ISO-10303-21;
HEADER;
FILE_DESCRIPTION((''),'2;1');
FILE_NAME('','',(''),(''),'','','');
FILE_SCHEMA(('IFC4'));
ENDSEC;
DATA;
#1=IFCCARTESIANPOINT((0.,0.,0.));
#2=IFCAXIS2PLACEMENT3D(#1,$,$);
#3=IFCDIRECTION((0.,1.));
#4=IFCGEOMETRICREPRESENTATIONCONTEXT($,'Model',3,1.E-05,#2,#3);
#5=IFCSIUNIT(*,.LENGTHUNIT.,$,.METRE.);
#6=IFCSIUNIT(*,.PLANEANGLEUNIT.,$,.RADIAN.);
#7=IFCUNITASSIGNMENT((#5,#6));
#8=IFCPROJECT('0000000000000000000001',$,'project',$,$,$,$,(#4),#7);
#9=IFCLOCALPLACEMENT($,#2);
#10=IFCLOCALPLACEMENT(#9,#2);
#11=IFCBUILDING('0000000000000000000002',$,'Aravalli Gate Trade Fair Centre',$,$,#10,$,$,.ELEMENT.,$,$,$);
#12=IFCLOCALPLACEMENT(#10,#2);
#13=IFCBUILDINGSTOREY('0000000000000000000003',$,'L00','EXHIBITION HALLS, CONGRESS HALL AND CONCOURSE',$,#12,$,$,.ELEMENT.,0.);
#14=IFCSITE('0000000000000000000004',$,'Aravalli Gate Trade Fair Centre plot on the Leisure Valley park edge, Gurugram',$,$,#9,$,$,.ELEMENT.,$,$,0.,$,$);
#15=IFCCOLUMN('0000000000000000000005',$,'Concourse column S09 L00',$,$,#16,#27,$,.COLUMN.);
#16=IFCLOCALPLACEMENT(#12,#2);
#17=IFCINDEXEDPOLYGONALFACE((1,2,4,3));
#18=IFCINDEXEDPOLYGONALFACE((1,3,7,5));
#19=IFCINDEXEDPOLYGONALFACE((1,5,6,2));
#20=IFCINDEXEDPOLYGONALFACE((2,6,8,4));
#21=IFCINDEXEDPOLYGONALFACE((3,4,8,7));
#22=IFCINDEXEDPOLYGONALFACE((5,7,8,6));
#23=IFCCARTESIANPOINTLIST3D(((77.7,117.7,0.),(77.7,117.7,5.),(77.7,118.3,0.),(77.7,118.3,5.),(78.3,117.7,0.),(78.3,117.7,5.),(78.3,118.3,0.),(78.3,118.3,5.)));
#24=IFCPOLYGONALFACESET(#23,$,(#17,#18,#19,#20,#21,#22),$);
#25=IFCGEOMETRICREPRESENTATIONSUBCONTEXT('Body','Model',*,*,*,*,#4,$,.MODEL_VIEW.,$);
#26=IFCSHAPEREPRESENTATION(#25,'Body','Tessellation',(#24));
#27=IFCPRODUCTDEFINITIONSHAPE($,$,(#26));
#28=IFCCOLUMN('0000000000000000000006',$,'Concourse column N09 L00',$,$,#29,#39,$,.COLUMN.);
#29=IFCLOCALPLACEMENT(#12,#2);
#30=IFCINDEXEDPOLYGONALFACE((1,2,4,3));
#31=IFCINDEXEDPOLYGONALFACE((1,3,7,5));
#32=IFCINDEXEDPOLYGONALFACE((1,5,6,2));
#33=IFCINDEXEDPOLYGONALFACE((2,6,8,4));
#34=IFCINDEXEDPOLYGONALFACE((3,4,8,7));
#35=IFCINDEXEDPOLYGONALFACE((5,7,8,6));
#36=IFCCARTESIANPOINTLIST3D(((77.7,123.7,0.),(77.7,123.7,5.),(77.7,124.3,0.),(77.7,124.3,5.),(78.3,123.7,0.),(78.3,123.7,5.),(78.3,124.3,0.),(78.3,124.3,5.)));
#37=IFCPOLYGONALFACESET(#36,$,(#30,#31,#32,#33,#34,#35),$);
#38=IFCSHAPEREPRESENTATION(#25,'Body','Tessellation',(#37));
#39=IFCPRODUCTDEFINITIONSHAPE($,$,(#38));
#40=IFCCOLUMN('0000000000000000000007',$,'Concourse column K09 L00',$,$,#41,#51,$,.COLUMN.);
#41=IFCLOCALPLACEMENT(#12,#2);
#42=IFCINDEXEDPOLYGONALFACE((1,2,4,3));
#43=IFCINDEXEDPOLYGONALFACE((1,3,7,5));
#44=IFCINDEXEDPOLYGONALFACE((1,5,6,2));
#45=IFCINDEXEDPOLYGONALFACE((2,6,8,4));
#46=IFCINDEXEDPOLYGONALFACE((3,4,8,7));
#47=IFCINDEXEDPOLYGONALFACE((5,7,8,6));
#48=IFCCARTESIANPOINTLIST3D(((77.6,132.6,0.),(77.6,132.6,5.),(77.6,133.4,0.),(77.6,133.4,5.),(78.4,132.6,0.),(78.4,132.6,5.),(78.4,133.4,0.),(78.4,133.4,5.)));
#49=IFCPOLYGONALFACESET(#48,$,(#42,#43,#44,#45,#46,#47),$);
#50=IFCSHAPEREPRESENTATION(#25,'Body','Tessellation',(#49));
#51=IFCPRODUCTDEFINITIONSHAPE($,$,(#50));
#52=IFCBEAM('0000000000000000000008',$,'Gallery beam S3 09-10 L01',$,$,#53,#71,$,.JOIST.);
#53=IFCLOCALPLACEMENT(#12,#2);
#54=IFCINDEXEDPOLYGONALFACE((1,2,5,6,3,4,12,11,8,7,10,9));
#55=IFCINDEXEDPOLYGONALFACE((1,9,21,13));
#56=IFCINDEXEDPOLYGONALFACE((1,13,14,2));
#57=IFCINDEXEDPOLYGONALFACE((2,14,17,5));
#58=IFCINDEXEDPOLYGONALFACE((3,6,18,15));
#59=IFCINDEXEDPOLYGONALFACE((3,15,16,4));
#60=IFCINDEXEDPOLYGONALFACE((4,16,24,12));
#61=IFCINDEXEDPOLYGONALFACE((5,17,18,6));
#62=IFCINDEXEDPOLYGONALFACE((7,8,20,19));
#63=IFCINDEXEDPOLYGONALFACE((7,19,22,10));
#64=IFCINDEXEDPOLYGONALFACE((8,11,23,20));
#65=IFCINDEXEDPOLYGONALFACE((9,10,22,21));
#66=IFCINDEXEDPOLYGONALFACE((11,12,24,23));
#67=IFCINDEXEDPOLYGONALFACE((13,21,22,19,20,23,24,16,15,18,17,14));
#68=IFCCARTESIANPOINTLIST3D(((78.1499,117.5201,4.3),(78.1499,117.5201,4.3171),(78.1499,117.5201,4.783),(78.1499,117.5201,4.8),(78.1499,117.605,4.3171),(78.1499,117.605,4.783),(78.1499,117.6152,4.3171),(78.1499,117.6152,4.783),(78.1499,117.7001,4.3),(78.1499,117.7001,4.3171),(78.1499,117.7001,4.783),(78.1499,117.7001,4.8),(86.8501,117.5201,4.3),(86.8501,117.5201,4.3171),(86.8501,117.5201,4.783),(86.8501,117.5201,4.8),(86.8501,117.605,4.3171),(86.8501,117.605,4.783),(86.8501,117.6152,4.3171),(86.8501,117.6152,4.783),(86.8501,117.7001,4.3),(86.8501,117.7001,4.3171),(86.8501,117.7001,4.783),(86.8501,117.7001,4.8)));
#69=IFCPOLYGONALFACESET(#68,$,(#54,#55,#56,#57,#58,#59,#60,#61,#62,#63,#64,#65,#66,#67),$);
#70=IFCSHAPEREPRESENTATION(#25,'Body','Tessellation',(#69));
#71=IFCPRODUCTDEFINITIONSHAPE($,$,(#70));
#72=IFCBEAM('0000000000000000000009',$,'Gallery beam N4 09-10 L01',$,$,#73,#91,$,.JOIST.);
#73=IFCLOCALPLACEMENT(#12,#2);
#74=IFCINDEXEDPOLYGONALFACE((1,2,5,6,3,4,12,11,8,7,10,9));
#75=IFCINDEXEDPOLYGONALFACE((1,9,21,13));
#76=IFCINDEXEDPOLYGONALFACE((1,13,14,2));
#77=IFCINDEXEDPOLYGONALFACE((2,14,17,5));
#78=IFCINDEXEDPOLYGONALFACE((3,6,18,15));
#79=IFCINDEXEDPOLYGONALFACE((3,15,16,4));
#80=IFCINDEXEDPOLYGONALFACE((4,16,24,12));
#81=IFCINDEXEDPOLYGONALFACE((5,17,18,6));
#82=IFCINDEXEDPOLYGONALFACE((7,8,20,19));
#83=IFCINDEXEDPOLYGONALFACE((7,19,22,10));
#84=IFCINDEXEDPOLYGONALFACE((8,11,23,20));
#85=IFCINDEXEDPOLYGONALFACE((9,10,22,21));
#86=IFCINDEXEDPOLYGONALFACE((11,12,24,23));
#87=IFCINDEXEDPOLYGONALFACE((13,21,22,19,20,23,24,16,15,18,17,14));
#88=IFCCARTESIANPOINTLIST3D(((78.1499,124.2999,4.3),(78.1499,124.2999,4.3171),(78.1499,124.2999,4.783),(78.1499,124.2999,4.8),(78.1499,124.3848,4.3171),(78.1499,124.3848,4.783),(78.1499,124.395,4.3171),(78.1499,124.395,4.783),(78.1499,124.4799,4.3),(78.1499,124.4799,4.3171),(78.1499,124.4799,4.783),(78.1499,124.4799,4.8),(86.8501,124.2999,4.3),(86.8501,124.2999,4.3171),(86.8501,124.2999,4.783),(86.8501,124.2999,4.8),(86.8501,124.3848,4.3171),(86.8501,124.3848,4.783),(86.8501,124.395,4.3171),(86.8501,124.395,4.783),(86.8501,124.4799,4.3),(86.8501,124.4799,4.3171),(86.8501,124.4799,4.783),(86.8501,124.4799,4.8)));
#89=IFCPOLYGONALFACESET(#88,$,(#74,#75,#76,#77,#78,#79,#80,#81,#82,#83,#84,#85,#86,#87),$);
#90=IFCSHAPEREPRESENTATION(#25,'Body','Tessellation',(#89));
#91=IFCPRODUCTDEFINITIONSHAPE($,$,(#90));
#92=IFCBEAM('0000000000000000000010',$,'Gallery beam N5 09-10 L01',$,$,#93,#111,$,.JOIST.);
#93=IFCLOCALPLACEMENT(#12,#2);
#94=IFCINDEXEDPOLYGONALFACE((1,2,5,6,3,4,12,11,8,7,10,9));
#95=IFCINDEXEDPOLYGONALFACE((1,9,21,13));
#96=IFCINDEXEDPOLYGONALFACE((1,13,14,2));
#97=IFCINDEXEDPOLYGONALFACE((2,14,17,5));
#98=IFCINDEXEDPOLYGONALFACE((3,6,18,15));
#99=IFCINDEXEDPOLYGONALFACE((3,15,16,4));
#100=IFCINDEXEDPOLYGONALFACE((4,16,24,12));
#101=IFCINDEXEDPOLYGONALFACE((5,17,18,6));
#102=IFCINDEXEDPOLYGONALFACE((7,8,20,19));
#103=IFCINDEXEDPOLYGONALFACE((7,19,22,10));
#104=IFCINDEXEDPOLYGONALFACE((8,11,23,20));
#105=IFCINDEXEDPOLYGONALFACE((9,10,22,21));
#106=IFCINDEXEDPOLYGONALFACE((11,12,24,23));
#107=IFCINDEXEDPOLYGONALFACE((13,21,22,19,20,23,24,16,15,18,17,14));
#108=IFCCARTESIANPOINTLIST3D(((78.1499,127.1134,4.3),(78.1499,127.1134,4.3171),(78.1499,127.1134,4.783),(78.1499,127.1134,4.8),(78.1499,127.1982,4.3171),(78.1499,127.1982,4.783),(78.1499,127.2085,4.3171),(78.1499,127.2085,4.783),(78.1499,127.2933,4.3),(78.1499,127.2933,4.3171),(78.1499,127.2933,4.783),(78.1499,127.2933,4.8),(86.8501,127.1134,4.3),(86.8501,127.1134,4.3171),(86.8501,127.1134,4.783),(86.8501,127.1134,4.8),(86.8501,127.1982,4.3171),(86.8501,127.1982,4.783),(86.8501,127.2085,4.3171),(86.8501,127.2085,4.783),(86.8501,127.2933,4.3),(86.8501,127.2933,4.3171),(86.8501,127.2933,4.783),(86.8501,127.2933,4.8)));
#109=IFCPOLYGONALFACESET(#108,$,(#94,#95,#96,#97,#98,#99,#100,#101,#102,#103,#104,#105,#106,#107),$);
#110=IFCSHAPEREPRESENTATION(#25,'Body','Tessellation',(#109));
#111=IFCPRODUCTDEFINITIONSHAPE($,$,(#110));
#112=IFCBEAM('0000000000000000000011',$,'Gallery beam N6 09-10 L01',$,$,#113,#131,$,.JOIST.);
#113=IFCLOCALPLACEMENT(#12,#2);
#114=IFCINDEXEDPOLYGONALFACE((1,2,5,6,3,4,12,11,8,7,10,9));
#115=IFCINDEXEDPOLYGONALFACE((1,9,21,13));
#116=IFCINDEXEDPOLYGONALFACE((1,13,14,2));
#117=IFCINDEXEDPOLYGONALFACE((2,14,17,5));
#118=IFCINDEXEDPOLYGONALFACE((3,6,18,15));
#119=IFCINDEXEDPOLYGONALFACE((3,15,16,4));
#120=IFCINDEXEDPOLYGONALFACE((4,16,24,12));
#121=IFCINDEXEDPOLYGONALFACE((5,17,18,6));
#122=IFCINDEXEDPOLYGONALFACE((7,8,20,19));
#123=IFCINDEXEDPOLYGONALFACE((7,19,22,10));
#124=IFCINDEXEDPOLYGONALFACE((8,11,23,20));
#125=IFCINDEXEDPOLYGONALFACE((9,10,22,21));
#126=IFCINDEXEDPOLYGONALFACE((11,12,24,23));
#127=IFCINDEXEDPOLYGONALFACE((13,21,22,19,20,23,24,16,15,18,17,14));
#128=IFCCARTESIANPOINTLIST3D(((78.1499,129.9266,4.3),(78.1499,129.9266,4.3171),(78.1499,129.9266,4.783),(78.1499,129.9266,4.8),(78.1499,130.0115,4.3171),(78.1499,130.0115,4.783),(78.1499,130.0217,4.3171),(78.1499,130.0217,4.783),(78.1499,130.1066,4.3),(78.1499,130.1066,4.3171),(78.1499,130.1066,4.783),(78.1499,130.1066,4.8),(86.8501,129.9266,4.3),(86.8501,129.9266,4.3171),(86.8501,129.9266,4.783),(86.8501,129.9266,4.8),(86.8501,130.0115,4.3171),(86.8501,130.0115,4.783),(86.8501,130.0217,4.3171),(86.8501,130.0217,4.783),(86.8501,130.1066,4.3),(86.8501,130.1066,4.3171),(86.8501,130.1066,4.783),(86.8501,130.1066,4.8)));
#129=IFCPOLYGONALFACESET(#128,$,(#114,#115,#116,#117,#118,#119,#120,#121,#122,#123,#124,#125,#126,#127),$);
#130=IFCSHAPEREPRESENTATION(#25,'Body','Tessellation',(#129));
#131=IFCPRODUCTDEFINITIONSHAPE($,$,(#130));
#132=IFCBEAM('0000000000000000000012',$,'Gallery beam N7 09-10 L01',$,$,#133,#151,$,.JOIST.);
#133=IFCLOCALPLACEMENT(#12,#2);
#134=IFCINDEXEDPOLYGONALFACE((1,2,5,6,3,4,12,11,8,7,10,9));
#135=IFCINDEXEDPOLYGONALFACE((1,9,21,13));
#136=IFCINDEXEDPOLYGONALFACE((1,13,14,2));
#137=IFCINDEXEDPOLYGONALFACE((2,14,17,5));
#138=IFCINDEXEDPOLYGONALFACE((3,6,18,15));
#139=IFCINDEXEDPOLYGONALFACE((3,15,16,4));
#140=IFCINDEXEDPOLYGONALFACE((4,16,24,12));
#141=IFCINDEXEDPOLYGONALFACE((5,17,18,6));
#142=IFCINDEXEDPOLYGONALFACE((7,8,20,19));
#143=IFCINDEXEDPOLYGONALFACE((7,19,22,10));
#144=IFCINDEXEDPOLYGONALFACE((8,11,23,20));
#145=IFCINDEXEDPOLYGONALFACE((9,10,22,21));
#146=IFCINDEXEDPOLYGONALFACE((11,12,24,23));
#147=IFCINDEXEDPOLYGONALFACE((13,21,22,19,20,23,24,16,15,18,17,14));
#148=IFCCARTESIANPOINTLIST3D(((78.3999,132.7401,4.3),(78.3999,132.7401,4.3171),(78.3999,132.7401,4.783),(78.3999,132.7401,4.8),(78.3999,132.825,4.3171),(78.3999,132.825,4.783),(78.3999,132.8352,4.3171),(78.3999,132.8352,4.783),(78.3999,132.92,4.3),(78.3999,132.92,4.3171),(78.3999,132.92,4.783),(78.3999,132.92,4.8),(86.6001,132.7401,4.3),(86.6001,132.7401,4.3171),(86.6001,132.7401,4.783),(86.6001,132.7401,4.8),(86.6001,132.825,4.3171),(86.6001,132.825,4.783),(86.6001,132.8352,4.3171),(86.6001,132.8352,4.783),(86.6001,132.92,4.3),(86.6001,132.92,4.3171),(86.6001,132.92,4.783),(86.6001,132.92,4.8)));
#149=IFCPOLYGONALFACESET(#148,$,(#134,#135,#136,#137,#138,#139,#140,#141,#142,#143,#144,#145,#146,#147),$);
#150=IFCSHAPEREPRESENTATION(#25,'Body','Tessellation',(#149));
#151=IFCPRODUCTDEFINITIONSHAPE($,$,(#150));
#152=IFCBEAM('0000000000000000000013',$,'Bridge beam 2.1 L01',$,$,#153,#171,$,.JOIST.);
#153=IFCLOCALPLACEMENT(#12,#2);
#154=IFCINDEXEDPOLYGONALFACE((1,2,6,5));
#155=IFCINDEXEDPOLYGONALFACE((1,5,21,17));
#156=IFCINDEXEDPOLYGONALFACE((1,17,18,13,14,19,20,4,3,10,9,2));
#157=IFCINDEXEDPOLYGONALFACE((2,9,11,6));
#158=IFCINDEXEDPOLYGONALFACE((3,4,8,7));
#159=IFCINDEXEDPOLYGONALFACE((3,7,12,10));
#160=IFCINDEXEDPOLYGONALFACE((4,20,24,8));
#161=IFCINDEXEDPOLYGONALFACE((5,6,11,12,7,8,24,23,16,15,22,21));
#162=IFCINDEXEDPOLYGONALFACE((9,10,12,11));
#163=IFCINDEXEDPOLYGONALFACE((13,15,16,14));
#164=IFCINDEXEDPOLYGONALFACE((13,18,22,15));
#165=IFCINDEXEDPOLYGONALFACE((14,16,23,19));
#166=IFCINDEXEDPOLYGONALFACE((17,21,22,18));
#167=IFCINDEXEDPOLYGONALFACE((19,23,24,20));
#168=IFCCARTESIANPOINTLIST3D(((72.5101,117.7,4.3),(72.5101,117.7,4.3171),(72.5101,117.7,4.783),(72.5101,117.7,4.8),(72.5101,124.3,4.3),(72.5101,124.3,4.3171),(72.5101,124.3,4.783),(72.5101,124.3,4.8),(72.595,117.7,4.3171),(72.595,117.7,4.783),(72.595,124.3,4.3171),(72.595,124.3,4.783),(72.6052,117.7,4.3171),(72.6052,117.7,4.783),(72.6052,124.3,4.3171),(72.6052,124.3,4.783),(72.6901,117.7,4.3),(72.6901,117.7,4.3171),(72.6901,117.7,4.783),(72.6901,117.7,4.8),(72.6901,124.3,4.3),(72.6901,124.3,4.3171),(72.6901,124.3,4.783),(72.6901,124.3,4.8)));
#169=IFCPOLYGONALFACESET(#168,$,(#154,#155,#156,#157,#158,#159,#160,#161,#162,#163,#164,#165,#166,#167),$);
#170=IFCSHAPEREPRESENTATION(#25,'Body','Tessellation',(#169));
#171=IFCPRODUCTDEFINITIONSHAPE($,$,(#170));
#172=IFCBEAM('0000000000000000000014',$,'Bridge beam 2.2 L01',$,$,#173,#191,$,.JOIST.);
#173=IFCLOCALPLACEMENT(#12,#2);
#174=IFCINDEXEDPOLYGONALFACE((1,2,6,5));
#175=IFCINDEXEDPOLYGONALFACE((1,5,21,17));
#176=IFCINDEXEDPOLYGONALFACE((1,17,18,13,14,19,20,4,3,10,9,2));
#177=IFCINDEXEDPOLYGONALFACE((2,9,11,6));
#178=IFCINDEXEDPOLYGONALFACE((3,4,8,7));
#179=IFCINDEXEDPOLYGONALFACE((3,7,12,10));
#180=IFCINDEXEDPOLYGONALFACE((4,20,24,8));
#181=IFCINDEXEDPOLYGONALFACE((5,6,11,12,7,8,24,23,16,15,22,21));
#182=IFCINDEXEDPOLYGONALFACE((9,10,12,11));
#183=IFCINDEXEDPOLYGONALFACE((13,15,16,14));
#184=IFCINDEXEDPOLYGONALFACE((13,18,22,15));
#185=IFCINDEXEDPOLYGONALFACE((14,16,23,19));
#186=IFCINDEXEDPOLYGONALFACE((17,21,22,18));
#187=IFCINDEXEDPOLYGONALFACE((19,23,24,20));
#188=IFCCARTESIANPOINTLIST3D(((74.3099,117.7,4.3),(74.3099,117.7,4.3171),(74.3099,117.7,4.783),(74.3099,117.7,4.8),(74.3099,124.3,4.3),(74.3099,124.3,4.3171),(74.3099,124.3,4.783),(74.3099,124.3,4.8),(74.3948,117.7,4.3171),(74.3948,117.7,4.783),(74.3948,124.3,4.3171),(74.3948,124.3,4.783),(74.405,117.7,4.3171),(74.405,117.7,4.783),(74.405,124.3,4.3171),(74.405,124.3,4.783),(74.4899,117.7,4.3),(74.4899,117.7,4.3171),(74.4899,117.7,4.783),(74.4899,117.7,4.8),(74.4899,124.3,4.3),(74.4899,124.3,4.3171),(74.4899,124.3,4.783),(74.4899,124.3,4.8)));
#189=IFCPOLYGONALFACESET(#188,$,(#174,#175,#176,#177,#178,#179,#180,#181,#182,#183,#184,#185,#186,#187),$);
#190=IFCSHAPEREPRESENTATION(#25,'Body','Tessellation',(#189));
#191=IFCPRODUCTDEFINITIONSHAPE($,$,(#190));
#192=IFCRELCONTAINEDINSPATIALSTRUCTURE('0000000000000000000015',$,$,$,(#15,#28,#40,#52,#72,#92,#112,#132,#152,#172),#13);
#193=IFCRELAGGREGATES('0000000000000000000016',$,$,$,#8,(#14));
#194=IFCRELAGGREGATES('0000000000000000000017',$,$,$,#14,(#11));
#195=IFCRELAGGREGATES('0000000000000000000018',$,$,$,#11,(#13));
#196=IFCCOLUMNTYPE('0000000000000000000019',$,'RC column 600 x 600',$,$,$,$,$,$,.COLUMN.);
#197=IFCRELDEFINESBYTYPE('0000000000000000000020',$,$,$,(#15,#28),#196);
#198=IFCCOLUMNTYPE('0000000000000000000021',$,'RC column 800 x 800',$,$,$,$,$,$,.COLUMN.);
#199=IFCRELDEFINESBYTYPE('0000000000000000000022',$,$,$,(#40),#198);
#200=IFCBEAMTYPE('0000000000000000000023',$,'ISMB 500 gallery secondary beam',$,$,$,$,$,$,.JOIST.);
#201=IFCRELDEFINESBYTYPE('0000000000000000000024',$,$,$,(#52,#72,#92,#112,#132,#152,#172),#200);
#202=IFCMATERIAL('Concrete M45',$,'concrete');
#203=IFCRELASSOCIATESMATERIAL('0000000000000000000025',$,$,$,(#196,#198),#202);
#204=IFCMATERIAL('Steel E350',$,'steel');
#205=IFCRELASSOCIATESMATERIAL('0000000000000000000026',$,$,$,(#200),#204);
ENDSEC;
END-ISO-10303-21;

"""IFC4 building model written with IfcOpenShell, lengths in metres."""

from ifc_helpers import new_model, si_unit, direction, frame, origin, origin_2d, place, context, subcontext, project, spatial, rectangle, i_section, extrude, material, material_profile, profile_set, type_object, element, save


model = new_model("IFC4")

# Units and contexts
model_context = context("Model", 3, precision=1e-05, world=origin(), true_north=direction((0.0, 1.0)))
body_context = subcontext(model_context, "Body", "Model", "MODEL_VIEW")
ifc_project = project(units=[si_unit("LENGTHUNIT", "METRE"), si_unit("PLANEANGLEUNIT", "RADIAN")], contexts=[model_context])

# Site, building, storey
site_placement = place(None, origin())
site = spatial("IfcSite", under=ifc_project, at=site_placement, Name="Aravalli Gate Trade Fair Centre plot on the Leisure Valley park edge, Gurugram", CompositionType="ELEMENT", RefElevation=0.0)
building_placement = place(site_placement, origin())
building = spatial("IfcBuilding", under=site, at=building_placement, Name="Aravalli Gate Trade Fair Centre", CompositionType="ELEMENT")
storey_placement = place(building_placement, origin())
storey = spatial("IfcBuildingStorey", under=building, at=storey_placement, Name="L00", Description="EXHIBITION HALLS, CONGRESS HALL AND CONCOURSE", CompositionType="ELEMENT", Elevation=0.0)

# Columns
ifc_material_1 = material(Name="Concrete M45", Category="concrete")
ifc_material_profile_1 = material_profile(ifc_material_1, rectangle(XDim=0.6001, YDim=0.6001, at=origin_2d()), Name="RC column 600 x 600")
ifc_profile_set_1 = profile_set([ifc_material_profile_1], Name="Concrete M45")
column_type_1 = type_object("IfcColumnType", Name="RC column 600 x 600", PredefinedType="COLUMN", material=ifc_profile_set_1)
for number, where, z_axis, x_axis, name in (
    (1, (78.0, 118.0, 0.0), (0.0, 0.0, 1.0), (1.0, 0.0, 0.0), "Concourse column S09 L00"),
    (2, (78.0, 124.0, 0.0), (0.0, 0.0, 1.0), (1.0, 0.0, 0.0), "Concourse column N09 L00"),
):
    element("IfcColumn", number, at=place(storey_placement, frame(where, z_axis=z_axis, x_axis=x_axis)), inside=storey, type_object=column_type_1, Name=name, PredefinedType="COLUMN", context=body_context, shape_type="SweptSolid", body=[
        extrude(rectangle(XDim=0.6001, YDim=0.6001, at=origin_2d()), origin(), (0.0, 0.0, 1.0), 5.0),
    ])
ifc_material_profile_2 = material_profile(ifc_material_1, rectangle(XDim=0.8, YDim=0.8, at=origin_2d()), Name="RC column 800 x 800")
ifc_profile_set_2 = profile_set([ifc_material_profile_2], Name="Concrete M45")
column_type_2 = type_object("IfcColumnType", Name="RC column 800 x 800", PredefinedType="COLUMN", material=ifc_profile_set_2)
column_placement = place(storey_placement, frame((78.0, 133.0, 0.0), z_axis=(0.0, 0.0, 1.0), x_axis=(1.0, 0.0, 0.0)))
element("IfcColumn", 3, at=column_placement, inside=storey, type_object=column_type_2, Name="Concourse column K09 L00", PredefinedType="COLUMN", context=body_context, shape_type="SweptSolid", body=[
    extrude(rectangle(XDim=0.8, YDim=0.8, at=origin_2d()), origin(), (0.0, 0.0, 1.0), 5.0),
])

# Beams
ifc_material_2 = material(Name="Steel E350", Category="steel")
ifc_material_profile_3 = material_profile(ifc_material_2, i_section(OverallWidth=0.1799, OverallDepth=0.5, WebThickness=0.0103, FlangeThickness=0.0171, at=origin_2d()), Name="ISMB 500")
ifc_profile_set_3 = profile_set([ifc_material_profile_3], Name="Steel E350")
beam_type_1 = type_object("IfcBeamType", Name="ISMB 500 gallery secondary beam", PredefinedType="JOIST", material=ifc_profile_set_3)
for number, where, z_axis, x_axis, name in (
    (4, (78.1499, 117.6101, 4.55), (1.0, 0.0, 0.0), (0.0, 1.0, 0.0), "Gallery beam S3 09-10 L01"),
    (5, (78.1499, 124.3899, 4.55), (1.0, 0.0, 0.0), (0.0, 1.0, 0.0), "Gallery beam N4 09-10 L01"),
    (6, (78.1499, 127.2034, 4.55), (1.0, 0.0, 0.0), (0.0, 1.0, 0.0), "Gallery beam N5 09-10 L01"),
    (7, (78.1499, 130.0166, 4.55), (1.0, 0.0, 0.0), (0.0, 1.0, 0.0), "Gallery beam N6 09-10 L01"),
):
    element("IfcBeam", number, at=place(storey_placement, frame(where, z_axis=z_axis, x_axis=x_axis)), inside=storey, type_object=beam_type_1, Name=name, PredefinedType="JOIST", context=body_context, shape_type="SweptSolid", body=[
        extrude(i_section(OverallWidth=0.1799, OverallDepth=0.5, WebThickness=0.0103, FlangeThickness=0.0171, at=origin_2d()), origin(), (0.0, 0.0, 1.0), 8.7002),
    ])
beam_1_placement = place(storey_placement, frame((78.3999, 132.8301, 4.55), z_axis=(1.0, 0.0, 0.0), x_axis=(0.0, 1.0, 0.0)))
element("IfcBeam", 8, at=beam_1_placement, inside=storey, type_object=beam_type_1, Name="Gallery beam N7 09-10 L01", PredefinedType="JOIST", context=body_context, shape_type="SweptSolid", body=[
    extrude(i_section(OverallWidth=0.1799, OverallDepth=0.5, WebThickness=0.0103, FlangeThickness=0.0171, at=origin_2d()), origin(), (0.0, 0.0, 1.0), 8.2002),
])
for number, where, z_axis, x_axis, name in (
    (9, (72.6001, 117.7, 4.55), (0.0, 1.0, 0.0), (-1.0, 0.0, 0.0), "Bridge beam 2.1 L01"),
    (10, (74.3999, 117.7, 4.55), (0.0, 1.0, 0.0), (-1.0, 0.0, 0.0), "Bridge beam 2.2 L01"),
):
    element("IfcBeam", number, at=place(storey_placement, frame(where, z_axis=z_axis, x_axis=x_axis)), inside=storey, type_object=beam_type_1, Name=name, PredefinedType="JOIST", context=body_context, shape_type="SweptSolid", body=[
        extrude(i_section(OverallWidth=0.1799, OverallDepth=0.5, WebThickness=0.0103, FlangeThickness=0.0171, at=origin_2d()), origin(), (0.0, 0.0, 1.0), 6.6001),
    ])

save(model, "model.ifc")
